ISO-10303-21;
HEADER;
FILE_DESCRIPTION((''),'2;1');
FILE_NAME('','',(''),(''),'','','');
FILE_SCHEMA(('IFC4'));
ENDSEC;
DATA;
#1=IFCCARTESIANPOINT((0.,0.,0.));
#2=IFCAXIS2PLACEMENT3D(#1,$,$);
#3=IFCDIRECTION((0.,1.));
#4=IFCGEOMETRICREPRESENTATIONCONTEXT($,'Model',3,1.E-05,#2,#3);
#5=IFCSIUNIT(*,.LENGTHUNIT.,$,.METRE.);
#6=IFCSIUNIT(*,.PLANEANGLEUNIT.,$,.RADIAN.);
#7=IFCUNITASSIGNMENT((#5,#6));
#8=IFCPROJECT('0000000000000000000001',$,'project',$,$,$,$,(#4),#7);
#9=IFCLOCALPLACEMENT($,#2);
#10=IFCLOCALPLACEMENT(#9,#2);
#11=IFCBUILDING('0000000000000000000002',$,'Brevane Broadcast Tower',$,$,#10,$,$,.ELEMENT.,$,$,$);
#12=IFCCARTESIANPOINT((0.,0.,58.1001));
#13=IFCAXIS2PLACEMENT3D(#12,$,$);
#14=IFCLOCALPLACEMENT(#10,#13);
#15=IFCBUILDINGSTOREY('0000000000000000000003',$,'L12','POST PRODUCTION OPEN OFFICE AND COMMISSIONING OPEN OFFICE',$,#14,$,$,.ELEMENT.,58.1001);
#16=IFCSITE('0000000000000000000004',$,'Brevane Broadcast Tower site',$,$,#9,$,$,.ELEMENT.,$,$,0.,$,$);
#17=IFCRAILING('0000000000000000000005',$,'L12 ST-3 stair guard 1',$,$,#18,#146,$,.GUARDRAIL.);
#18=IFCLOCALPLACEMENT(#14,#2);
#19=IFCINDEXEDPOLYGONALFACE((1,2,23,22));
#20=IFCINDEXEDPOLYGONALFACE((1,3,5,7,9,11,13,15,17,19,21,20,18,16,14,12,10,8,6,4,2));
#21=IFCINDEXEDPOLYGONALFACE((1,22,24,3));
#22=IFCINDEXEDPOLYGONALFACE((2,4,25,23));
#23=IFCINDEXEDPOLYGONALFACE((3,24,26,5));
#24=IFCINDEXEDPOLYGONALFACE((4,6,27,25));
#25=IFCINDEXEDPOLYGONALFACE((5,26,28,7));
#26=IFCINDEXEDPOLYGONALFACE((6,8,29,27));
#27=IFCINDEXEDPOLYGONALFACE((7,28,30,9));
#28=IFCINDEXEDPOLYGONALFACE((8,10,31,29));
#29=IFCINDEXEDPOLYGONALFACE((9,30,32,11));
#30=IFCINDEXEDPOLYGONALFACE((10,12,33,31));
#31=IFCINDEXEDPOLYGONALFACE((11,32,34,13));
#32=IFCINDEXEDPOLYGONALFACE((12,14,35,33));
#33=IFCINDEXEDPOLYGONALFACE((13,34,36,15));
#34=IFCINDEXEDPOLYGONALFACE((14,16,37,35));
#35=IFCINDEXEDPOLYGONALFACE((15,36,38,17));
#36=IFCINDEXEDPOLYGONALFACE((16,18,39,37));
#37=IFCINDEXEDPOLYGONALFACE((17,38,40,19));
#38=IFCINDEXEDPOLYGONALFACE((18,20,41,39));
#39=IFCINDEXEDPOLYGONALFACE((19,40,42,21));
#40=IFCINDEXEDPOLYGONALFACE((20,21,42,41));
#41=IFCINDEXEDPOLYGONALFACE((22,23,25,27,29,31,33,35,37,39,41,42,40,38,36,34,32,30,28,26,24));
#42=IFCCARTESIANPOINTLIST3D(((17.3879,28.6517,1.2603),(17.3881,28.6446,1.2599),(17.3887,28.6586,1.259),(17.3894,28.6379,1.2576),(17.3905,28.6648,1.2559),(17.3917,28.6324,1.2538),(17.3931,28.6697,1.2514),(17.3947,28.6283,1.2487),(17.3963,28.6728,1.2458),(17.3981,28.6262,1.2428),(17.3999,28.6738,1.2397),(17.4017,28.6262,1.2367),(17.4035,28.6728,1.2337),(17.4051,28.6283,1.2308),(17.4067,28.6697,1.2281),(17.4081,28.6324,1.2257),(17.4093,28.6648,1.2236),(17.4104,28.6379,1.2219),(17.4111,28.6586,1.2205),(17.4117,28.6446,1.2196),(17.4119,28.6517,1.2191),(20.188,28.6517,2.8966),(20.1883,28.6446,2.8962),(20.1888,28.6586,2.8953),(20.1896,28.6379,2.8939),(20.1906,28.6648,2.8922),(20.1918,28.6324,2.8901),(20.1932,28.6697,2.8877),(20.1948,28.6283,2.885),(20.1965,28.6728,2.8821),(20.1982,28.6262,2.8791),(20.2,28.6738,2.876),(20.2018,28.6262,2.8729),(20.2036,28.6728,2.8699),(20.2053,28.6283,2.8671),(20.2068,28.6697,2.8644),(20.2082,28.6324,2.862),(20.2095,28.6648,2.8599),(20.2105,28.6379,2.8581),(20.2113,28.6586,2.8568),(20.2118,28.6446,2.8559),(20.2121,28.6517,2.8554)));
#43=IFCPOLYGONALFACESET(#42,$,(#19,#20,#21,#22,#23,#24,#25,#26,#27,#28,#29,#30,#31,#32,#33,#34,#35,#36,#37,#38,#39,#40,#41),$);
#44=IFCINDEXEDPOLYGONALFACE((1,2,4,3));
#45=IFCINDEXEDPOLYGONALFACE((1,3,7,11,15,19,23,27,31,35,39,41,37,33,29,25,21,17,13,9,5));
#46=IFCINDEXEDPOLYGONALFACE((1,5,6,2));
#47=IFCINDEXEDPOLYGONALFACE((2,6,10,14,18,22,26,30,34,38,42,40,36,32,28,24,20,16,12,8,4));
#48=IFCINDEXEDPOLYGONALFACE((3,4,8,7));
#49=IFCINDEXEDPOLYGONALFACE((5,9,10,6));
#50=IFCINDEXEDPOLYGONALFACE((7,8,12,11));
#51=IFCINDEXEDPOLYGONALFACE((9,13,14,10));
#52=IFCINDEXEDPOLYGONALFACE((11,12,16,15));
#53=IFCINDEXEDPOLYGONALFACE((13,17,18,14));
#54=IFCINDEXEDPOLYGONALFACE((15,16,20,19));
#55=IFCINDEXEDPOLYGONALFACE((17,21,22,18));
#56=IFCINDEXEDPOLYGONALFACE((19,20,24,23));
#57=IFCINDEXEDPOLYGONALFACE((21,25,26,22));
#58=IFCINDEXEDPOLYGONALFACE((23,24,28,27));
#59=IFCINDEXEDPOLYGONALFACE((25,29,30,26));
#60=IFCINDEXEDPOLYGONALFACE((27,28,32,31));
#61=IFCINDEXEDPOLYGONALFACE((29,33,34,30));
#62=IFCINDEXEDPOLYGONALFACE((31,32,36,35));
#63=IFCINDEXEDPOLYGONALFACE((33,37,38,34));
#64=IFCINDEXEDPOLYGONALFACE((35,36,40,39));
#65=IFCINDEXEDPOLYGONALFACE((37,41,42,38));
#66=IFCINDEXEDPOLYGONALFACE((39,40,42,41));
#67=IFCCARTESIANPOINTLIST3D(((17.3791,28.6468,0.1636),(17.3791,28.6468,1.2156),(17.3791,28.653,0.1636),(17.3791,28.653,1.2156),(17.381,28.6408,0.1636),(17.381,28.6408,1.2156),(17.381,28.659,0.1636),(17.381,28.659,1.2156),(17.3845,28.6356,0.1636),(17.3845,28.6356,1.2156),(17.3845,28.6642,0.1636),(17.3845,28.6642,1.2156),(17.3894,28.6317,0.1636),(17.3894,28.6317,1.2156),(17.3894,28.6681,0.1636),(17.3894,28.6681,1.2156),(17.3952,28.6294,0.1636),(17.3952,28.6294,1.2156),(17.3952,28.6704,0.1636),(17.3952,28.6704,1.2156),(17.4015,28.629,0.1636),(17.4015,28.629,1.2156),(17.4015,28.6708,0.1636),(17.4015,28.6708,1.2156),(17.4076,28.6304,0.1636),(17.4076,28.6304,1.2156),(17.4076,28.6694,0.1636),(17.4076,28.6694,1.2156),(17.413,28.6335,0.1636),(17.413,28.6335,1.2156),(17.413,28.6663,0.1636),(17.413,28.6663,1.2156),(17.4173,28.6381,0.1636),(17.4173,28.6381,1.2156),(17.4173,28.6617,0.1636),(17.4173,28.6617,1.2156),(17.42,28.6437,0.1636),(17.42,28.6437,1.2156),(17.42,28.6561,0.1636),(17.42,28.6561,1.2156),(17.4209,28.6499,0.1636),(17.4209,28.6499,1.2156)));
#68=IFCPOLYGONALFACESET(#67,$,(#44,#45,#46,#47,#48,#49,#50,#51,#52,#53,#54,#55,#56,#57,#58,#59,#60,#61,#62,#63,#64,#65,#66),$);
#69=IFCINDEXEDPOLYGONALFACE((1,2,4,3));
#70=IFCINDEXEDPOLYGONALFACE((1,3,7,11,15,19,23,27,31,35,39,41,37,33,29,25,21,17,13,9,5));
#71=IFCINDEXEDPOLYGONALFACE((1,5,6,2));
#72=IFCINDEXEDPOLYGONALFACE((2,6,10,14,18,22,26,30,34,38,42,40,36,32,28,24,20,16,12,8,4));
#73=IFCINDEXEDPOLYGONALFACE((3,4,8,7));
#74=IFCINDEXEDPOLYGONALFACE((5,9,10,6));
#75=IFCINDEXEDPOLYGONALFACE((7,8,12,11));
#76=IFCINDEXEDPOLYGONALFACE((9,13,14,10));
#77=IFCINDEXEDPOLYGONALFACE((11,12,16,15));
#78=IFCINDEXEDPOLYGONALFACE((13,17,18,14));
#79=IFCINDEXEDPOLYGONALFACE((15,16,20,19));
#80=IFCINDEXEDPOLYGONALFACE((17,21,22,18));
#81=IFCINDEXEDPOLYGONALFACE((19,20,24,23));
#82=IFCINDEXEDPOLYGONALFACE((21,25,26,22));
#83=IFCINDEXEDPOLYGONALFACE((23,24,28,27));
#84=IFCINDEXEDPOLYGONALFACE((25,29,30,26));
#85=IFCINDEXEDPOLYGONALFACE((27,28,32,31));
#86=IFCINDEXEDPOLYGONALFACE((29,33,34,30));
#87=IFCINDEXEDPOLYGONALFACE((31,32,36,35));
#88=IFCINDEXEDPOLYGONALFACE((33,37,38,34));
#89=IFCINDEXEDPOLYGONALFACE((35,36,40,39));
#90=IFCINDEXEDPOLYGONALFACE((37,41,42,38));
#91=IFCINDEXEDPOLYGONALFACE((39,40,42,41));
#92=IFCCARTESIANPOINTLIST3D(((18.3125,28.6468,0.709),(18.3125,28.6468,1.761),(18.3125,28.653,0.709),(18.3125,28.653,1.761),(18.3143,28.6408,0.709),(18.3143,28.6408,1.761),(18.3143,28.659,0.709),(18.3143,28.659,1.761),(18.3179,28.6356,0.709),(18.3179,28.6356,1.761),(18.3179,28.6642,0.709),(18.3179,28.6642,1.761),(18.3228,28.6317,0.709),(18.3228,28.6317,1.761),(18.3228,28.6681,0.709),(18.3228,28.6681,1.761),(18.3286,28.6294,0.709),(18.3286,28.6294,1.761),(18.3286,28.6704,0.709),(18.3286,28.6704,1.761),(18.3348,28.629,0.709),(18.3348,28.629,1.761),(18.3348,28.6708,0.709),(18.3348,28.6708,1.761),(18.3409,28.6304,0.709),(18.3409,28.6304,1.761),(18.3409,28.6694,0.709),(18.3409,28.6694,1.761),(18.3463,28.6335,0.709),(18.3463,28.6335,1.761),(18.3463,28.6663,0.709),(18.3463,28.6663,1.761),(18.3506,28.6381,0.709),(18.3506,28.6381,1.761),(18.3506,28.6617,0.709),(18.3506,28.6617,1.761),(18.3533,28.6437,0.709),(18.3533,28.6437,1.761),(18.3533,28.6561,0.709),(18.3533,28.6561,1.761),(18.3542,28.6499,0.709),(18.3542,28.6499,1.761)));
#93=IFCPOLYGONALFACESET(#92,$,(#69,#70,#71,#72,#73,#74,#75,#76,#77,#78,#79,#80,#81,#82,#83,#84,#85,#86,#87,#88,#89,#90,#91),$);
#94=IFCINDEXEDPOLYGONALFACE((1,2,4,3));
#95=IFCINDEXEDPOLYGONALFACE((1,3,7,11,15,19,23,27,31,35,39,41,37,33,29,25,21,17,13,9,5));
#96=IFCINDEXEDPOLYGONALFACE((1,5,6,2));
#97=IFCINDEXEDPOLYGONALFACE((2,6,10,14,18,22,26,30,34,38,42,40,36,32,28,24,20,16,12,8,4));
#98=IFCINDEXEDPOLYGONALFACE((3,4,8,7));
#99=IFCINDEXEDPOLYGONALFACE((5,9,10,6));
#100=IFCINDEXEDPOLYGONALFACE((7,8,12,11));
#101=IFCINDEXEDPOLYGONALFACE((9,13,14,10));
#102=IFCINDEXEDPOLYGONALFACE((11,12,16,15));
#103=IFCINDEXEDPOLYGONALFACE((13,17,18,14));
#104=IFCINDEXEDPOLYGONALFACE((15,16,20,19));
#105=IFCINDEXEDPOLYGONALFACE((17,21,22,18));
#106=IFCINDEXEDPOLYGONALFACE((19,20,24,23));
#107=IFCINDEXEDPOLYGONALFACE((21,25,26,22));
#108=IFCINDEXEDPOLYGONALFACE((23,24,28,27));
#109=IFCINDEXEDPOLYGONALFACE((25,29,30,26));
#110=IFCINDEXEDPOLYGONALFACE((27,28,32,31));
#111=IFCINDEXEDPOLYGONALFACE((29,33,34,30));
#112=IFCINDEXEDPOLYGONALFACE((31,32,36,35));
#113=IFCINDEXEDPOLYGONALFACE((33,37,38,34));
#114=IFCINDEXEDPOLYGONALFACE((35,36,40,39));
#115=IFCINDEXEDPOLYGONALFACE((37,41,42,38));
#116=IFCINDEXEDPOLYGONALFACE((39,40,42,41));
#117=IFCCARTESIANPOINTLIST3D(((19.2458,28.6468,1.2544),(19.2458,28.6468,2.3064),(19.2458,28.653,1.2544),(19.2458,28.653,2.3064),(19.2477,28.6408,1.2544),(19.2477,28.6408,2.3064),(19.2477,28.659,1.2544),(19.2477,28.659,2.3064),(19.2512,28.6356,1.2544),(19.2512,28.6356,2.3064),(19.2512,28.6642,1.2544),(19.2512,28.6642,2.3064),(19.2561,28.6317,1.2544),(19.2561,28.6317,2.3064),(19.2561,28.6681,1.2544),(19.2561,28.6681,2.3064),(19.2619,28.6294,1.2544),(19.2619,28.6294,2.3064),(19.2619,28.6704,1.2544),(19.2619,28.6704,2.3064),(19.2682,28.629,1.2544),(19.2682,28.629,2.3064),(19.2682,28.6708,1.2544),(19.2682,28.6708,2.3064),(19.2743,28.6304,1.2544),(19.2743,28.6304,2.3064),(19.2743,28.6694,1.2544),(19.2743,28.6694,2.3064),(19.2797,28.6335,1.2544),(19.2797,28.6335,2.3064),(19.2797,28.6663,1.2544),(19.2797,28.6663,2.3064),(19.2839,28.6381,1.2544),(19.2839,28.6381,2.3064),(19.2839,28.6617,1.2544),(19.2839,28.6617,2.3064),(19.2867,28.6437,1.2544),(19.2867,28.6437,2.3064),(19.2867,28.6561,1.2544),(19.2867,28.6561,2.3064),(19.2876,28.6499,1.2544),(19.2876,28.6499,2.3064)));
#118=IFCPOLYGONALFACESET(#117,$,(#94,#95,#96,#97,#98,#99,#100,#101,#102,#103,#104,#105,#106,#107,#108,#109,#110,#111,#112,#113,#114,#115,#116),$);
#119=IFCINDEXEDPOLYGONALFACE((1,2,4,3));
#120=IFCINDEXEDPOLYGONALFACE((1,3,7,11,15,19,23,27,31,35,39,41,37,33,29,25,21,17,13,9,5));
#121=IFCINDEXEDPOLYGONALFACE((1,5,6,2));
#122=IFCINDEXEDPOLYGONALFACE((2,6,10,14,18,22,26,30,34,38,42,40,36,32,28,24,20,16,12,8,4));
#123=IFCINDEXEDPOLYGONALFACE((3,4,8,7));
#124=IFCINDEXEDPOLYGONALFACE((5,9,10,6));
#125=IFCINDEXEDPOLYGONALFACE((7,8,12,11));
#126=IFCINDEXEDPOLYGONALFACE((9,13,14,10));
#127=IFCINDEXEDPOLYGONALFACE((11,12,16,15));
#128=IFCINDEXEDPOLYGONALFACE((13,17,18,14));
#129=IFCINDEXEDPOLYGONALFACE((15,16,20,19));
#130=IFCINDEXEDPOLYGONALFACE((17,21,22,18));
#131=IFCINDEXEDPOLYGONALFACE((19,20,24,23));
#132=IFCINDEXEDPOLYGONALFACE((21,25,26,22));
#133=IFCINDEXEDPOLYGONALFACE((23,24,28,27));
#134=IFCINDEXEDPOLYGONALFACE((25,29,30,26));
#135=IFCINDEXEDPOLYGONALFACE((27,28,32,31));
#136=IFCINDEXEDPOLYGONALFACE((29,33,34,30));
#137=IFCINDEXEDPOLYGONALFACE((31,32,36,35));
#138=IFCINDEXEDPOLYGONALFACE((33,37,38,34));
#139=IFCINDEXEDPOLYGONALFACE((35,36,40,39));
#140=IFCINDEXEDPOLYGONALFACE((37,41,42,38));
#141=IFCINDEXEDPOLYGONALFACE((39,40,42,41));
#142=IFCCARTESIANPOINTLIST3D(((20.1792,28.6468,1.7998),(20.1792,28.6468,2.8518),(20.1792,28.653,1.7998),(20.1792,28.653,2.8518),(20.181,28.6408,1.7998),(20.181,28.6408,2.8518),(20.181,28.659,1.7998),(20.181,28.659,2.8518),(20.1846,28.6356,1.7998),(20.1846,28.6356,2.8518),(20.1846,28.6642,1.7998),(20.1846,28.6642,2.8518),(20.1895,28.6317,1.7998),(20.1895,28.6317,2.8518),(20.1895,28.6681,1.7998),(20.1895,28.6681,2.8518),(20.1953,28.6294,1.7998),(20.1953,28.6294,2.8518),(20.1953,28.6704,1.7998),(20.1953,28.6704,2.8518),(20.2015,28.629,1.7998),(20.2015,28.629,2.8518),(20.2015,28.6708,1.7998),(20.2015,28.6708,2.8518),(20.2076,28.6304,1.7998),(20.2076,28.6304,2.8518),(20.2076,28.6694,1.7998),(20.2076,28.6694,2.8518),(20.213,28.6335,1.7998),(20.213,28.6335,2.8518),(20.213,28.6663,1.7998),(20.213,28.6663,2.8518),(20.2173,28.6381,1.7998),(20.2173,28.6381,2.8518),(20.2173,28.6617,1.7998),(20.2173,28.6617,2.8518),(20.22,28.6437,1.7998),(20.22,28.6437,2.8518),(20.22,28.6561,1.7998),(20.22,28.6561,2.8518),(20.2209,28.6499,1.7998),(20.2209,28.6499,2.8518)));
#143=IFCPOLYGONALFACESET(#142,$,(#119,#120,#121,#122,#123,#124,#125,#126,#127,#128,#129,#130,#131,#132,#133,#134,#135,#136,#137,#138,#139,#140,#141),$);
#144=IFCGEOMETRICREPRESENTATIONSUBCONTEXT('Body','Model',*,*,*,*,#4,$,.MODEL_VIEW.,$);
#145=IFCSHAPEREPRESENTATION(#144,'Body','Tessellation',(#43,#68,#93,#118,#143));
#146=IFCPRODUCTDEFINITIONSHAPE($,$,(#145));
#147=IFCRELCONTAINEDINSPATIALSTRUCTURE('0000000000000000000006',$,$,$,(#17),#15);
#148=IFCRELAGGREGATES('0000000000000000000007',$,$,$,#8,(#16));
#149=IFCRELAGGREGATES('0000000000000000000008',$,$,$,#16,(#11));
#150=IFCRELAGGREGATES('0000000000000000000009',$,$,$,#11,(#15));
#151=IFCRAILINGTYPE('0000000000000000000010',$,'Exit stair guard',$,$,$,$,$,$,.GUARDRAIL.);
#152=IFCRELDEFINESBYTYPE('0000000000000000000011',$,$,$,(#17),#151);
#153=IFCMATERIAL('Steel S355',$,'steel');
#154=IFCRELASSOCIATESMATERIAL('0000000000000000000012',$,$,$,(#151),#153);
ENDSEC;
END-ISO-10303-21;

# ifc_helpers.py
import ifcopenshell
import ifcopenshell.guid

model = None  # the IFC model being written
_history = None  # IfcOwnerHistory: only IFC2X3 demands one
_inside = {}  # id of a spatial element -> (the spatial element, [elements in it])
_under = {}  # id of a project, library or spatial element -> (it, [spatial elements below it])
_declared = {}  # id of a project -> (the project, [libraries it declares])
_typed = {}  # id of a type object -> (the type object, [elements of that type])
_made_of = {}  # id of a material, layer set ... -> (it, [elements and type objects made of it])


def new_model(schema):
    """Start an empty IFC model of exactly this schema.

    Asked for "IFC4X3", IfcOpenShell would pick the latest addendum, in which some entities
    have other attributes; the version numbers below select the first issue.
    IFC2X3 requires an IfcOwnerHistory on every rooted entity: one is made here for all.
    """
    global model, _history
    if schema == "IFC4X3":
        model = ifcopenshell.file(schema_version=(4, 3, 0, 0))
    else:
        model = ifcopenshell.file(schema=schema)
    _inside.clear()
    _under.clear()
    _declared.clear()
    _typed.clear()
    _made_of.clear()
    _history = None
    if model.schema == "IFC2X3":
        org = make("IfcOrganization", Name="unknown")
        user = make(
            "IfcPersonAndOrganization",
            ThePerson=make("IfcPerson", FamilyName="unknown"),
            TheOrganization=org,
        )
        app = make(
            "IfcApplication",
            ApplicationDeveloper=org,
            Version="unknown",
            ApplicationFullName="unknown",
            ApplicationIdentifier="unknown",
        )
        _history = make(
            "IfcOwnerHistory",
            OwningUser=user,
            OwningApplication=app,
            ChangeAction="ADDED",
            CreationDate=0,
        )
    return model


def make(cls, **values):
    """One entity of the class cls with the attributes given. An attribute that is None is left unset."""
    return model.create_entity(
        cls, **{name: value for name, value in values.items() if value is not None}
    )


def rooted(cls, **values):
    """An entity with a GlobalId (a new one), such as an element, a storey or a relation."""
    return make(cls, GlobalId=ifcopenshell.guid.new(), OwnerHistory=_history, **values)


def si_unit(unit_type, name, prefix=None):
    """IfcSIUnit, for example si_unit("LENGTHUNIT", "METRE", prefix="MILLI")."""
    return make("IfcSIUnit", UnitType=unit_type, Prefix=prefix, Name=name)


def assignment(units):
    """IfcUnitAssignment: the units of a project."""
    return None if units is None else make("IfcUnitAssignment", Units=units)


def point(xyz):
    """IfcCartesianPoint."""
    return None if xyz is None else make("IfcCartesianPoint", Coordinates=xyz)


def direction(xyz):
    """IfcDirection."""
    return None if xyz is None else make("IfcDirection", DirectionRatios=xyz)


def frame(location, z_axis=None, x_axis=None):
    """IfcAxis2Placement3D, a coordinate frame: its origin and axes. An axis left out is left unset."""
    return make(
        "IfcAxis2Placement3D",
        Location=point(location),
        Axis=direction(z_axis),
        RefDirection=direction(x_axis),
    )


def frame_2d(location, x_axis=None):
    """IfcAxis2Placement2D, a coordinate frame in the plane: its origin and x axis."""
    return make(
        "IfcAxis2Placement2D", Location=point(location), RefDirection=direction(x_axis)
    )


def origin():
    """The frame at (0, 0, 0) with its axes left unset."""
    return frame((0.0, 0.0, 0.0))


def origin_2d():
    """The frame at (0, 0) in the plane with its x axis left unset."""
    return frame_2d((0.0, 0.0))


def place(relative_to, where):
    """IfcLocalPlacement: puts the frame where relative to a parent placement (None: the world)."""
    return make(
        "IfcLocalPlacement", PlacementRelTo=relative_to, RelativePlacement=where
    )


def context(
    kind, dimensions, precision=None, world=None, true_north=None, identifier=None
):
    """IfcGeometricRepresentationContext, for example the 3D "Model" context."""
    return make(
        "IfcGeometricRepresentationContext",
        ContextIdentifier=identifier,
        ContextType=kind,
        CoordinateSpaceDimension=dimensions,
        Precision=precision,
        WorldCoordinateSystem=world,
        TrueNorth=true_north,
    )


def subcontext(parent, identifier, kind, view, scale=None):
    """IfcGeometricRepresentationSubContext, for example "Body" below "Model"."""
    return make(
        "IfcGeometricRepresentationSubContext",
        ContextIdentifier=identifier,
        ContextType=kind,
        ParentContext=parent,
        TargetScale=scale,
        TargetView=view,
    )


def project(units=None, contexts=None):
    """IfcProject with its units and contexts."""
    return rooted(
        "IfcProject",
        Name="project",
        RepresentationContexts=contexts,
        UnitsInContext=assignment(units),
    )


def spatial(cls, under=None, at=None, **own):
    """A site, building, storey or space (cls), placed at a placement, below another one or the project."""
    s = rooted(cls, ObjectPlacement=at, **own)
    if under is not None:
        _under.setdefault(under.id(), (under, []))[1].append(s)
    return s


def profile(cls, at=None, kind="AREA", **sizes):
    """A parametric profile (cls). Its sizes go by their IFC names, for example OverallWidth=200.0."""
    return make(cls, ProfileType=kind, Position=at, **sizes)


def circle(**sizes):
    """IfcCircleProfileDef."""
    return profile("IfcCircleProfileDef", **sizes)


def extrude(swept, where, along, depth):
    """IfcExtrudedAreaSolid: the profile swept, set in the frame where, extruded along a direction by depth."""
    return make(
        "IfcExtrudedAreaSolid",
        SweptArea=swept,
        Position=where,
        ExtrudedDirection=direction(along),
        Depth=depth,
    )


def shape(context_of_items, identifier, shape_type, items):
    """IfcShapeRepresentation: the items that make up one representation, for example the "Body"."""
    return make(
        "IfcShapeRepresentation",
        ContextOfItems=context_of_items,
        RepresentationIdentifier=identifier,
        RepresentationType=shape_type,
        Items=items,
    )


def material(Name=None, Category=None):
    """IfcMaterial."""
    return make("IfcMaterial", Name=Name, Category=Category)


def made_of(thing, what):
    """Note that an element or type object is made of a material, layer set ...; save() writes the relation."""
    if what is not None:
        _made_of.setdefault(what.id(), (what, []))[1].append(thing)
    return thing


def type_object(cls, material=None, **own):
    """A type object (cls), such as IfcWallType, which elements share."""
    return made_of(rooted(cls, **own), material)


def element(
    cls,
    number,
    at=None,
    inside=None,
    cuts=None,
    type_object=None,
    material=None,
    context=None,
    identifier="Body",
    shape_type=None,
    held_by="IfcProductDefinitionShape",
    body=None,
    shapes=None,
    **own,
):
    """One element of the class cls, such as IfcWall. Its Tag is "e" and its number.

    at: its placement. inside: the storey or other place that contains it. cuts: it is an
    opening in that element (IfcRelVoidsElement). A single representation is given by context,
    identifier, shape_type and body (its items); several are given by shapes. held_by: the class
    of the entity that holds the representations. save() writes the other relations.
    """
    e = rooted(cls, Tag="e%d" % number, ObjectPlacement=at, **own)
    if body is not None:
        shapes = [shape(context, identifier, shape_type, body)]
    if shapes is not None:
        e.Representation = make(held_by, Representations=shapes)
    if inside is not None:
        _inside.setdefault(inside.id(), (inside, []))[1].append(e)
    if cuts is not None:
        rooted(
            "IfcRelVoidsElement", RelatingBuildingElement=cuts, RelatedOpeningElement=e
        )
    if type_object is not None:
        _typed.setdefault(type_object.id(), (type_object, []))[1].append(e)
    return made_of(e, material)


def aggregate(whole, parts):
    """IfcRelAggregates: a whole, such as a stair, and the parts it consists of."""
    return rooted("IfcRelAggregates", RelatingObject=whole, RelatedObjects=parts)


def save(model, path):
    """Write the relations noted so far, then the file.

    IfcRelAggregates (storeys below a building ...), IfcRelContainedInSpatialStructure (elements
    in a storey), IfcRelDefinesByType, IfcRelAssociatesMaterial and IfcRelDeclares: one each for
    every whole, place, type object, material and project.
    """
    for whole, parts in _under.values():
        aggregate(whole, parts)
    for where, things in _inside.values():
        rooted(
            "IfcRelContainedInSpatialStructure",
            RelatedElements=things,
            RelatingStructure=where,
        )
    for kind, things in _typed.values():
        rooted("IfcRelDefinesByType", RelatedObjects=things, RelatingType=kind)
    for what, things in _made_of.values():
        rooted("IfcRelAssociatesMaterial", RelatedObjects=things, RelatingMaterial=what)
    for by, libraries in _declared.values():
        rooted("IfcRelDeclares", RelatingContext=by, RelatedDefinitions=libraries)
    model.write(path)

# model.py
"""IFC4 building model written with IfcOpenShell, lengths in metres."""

from ifc_helpers import new_model, si_unit, direction, frame, origin, origin_2d, place, context, subcontext, project, spatial, circle, extrude, material, type_object, element, save


model = new_model("IFC4")

# Units and contexts
model_context = context("Model", 3, precision=1e-05, world=origin(), true_north=direction((0.0, 1.0)))
body_context = subcontext(model_context, "Body", "Model", "MODEL_VIEW")
ifc_project = project(units=[si_unit("LENGTHUNIT", "METRE"), si_unit("PLANEANGLEUNIT", "RADIAN")], contexts=[model_context])

# Site, building, storey
site_placement = place(None, origin())
site = spatial("IfcSite", under=ifc_project, at=site_placement, Name="Brevane Broadcast Tower site", CompositionType="ELEMENT", RefElevation=0.0)
building_placement = place(site_placement, origin())
building = spatial("IfcBuilding", under=site, at=building_placement, Name="Brevane Broadcast Tower", CompositionType="ELEMENT")
storey_placement = place(building_placement, frame((0.0, 0.0, 58.1001)))
storey = spatial("IfcBuildingStorey", under=building, at=storey_placement, Name="L12", Description="POST PRODUCTION OPEN OFFICE AND COMMISSIONING OPEN OFFICE", CompositionType="ELEMENT", Elevation=58.1001)

# Railing
ifc_material_1 = material(Name="Steel S355", Category="steel")
railing_type_1 = type_object("IfcRailingType", Name="Exit stair guard", PredefinedType="GUARDRAIL", material=ifc_material_1)
railing_1_placement = place(storey_placement, frame((17.3999, 28.6499, 0.1636)))
element("IfcRailing", 1, at=railing_1_placement, inside=storey, type_object=railing_type_1, Name="L12 ST-3 stair guard 1", PredefinedType="GUARDRAIL", context=body_context, shape_type="SweptSolid", body=[
    extrude(circle(Radius=0.0239, at=origin_2d()), frame((0.0, 0.0, 1.0762), z_axis=(0.863394, 0.0, 0.504531), x_axis=(0.0, 1.0, 0.0)), (0.0, 0.0, 1.0), 3.2432),
    extrude(circle(Radius=0.021, at=origin_2d()), origin(), (0.0, 0.0, 1.0), 1.052),
    extrude(circle(Radius=0.021, at=origin_2d()), frame((0.9333, 0.0, 0.5454)), (0.0, 0.0, 1.0), 1.052),
    extrude(circle(Radius=0.021, at=origin_2d()), frame((1.8667, 0.0, 1.0908)), (0.0, 0.0, 1.0), 1.052),
    extrude(circle(Radius=0.021, at=origin_2d()), frame((2.8, 0.0, 1.6362)), (0.0, 0.0, 1.0), 1.052),
])

save(model, "model.ifc")
